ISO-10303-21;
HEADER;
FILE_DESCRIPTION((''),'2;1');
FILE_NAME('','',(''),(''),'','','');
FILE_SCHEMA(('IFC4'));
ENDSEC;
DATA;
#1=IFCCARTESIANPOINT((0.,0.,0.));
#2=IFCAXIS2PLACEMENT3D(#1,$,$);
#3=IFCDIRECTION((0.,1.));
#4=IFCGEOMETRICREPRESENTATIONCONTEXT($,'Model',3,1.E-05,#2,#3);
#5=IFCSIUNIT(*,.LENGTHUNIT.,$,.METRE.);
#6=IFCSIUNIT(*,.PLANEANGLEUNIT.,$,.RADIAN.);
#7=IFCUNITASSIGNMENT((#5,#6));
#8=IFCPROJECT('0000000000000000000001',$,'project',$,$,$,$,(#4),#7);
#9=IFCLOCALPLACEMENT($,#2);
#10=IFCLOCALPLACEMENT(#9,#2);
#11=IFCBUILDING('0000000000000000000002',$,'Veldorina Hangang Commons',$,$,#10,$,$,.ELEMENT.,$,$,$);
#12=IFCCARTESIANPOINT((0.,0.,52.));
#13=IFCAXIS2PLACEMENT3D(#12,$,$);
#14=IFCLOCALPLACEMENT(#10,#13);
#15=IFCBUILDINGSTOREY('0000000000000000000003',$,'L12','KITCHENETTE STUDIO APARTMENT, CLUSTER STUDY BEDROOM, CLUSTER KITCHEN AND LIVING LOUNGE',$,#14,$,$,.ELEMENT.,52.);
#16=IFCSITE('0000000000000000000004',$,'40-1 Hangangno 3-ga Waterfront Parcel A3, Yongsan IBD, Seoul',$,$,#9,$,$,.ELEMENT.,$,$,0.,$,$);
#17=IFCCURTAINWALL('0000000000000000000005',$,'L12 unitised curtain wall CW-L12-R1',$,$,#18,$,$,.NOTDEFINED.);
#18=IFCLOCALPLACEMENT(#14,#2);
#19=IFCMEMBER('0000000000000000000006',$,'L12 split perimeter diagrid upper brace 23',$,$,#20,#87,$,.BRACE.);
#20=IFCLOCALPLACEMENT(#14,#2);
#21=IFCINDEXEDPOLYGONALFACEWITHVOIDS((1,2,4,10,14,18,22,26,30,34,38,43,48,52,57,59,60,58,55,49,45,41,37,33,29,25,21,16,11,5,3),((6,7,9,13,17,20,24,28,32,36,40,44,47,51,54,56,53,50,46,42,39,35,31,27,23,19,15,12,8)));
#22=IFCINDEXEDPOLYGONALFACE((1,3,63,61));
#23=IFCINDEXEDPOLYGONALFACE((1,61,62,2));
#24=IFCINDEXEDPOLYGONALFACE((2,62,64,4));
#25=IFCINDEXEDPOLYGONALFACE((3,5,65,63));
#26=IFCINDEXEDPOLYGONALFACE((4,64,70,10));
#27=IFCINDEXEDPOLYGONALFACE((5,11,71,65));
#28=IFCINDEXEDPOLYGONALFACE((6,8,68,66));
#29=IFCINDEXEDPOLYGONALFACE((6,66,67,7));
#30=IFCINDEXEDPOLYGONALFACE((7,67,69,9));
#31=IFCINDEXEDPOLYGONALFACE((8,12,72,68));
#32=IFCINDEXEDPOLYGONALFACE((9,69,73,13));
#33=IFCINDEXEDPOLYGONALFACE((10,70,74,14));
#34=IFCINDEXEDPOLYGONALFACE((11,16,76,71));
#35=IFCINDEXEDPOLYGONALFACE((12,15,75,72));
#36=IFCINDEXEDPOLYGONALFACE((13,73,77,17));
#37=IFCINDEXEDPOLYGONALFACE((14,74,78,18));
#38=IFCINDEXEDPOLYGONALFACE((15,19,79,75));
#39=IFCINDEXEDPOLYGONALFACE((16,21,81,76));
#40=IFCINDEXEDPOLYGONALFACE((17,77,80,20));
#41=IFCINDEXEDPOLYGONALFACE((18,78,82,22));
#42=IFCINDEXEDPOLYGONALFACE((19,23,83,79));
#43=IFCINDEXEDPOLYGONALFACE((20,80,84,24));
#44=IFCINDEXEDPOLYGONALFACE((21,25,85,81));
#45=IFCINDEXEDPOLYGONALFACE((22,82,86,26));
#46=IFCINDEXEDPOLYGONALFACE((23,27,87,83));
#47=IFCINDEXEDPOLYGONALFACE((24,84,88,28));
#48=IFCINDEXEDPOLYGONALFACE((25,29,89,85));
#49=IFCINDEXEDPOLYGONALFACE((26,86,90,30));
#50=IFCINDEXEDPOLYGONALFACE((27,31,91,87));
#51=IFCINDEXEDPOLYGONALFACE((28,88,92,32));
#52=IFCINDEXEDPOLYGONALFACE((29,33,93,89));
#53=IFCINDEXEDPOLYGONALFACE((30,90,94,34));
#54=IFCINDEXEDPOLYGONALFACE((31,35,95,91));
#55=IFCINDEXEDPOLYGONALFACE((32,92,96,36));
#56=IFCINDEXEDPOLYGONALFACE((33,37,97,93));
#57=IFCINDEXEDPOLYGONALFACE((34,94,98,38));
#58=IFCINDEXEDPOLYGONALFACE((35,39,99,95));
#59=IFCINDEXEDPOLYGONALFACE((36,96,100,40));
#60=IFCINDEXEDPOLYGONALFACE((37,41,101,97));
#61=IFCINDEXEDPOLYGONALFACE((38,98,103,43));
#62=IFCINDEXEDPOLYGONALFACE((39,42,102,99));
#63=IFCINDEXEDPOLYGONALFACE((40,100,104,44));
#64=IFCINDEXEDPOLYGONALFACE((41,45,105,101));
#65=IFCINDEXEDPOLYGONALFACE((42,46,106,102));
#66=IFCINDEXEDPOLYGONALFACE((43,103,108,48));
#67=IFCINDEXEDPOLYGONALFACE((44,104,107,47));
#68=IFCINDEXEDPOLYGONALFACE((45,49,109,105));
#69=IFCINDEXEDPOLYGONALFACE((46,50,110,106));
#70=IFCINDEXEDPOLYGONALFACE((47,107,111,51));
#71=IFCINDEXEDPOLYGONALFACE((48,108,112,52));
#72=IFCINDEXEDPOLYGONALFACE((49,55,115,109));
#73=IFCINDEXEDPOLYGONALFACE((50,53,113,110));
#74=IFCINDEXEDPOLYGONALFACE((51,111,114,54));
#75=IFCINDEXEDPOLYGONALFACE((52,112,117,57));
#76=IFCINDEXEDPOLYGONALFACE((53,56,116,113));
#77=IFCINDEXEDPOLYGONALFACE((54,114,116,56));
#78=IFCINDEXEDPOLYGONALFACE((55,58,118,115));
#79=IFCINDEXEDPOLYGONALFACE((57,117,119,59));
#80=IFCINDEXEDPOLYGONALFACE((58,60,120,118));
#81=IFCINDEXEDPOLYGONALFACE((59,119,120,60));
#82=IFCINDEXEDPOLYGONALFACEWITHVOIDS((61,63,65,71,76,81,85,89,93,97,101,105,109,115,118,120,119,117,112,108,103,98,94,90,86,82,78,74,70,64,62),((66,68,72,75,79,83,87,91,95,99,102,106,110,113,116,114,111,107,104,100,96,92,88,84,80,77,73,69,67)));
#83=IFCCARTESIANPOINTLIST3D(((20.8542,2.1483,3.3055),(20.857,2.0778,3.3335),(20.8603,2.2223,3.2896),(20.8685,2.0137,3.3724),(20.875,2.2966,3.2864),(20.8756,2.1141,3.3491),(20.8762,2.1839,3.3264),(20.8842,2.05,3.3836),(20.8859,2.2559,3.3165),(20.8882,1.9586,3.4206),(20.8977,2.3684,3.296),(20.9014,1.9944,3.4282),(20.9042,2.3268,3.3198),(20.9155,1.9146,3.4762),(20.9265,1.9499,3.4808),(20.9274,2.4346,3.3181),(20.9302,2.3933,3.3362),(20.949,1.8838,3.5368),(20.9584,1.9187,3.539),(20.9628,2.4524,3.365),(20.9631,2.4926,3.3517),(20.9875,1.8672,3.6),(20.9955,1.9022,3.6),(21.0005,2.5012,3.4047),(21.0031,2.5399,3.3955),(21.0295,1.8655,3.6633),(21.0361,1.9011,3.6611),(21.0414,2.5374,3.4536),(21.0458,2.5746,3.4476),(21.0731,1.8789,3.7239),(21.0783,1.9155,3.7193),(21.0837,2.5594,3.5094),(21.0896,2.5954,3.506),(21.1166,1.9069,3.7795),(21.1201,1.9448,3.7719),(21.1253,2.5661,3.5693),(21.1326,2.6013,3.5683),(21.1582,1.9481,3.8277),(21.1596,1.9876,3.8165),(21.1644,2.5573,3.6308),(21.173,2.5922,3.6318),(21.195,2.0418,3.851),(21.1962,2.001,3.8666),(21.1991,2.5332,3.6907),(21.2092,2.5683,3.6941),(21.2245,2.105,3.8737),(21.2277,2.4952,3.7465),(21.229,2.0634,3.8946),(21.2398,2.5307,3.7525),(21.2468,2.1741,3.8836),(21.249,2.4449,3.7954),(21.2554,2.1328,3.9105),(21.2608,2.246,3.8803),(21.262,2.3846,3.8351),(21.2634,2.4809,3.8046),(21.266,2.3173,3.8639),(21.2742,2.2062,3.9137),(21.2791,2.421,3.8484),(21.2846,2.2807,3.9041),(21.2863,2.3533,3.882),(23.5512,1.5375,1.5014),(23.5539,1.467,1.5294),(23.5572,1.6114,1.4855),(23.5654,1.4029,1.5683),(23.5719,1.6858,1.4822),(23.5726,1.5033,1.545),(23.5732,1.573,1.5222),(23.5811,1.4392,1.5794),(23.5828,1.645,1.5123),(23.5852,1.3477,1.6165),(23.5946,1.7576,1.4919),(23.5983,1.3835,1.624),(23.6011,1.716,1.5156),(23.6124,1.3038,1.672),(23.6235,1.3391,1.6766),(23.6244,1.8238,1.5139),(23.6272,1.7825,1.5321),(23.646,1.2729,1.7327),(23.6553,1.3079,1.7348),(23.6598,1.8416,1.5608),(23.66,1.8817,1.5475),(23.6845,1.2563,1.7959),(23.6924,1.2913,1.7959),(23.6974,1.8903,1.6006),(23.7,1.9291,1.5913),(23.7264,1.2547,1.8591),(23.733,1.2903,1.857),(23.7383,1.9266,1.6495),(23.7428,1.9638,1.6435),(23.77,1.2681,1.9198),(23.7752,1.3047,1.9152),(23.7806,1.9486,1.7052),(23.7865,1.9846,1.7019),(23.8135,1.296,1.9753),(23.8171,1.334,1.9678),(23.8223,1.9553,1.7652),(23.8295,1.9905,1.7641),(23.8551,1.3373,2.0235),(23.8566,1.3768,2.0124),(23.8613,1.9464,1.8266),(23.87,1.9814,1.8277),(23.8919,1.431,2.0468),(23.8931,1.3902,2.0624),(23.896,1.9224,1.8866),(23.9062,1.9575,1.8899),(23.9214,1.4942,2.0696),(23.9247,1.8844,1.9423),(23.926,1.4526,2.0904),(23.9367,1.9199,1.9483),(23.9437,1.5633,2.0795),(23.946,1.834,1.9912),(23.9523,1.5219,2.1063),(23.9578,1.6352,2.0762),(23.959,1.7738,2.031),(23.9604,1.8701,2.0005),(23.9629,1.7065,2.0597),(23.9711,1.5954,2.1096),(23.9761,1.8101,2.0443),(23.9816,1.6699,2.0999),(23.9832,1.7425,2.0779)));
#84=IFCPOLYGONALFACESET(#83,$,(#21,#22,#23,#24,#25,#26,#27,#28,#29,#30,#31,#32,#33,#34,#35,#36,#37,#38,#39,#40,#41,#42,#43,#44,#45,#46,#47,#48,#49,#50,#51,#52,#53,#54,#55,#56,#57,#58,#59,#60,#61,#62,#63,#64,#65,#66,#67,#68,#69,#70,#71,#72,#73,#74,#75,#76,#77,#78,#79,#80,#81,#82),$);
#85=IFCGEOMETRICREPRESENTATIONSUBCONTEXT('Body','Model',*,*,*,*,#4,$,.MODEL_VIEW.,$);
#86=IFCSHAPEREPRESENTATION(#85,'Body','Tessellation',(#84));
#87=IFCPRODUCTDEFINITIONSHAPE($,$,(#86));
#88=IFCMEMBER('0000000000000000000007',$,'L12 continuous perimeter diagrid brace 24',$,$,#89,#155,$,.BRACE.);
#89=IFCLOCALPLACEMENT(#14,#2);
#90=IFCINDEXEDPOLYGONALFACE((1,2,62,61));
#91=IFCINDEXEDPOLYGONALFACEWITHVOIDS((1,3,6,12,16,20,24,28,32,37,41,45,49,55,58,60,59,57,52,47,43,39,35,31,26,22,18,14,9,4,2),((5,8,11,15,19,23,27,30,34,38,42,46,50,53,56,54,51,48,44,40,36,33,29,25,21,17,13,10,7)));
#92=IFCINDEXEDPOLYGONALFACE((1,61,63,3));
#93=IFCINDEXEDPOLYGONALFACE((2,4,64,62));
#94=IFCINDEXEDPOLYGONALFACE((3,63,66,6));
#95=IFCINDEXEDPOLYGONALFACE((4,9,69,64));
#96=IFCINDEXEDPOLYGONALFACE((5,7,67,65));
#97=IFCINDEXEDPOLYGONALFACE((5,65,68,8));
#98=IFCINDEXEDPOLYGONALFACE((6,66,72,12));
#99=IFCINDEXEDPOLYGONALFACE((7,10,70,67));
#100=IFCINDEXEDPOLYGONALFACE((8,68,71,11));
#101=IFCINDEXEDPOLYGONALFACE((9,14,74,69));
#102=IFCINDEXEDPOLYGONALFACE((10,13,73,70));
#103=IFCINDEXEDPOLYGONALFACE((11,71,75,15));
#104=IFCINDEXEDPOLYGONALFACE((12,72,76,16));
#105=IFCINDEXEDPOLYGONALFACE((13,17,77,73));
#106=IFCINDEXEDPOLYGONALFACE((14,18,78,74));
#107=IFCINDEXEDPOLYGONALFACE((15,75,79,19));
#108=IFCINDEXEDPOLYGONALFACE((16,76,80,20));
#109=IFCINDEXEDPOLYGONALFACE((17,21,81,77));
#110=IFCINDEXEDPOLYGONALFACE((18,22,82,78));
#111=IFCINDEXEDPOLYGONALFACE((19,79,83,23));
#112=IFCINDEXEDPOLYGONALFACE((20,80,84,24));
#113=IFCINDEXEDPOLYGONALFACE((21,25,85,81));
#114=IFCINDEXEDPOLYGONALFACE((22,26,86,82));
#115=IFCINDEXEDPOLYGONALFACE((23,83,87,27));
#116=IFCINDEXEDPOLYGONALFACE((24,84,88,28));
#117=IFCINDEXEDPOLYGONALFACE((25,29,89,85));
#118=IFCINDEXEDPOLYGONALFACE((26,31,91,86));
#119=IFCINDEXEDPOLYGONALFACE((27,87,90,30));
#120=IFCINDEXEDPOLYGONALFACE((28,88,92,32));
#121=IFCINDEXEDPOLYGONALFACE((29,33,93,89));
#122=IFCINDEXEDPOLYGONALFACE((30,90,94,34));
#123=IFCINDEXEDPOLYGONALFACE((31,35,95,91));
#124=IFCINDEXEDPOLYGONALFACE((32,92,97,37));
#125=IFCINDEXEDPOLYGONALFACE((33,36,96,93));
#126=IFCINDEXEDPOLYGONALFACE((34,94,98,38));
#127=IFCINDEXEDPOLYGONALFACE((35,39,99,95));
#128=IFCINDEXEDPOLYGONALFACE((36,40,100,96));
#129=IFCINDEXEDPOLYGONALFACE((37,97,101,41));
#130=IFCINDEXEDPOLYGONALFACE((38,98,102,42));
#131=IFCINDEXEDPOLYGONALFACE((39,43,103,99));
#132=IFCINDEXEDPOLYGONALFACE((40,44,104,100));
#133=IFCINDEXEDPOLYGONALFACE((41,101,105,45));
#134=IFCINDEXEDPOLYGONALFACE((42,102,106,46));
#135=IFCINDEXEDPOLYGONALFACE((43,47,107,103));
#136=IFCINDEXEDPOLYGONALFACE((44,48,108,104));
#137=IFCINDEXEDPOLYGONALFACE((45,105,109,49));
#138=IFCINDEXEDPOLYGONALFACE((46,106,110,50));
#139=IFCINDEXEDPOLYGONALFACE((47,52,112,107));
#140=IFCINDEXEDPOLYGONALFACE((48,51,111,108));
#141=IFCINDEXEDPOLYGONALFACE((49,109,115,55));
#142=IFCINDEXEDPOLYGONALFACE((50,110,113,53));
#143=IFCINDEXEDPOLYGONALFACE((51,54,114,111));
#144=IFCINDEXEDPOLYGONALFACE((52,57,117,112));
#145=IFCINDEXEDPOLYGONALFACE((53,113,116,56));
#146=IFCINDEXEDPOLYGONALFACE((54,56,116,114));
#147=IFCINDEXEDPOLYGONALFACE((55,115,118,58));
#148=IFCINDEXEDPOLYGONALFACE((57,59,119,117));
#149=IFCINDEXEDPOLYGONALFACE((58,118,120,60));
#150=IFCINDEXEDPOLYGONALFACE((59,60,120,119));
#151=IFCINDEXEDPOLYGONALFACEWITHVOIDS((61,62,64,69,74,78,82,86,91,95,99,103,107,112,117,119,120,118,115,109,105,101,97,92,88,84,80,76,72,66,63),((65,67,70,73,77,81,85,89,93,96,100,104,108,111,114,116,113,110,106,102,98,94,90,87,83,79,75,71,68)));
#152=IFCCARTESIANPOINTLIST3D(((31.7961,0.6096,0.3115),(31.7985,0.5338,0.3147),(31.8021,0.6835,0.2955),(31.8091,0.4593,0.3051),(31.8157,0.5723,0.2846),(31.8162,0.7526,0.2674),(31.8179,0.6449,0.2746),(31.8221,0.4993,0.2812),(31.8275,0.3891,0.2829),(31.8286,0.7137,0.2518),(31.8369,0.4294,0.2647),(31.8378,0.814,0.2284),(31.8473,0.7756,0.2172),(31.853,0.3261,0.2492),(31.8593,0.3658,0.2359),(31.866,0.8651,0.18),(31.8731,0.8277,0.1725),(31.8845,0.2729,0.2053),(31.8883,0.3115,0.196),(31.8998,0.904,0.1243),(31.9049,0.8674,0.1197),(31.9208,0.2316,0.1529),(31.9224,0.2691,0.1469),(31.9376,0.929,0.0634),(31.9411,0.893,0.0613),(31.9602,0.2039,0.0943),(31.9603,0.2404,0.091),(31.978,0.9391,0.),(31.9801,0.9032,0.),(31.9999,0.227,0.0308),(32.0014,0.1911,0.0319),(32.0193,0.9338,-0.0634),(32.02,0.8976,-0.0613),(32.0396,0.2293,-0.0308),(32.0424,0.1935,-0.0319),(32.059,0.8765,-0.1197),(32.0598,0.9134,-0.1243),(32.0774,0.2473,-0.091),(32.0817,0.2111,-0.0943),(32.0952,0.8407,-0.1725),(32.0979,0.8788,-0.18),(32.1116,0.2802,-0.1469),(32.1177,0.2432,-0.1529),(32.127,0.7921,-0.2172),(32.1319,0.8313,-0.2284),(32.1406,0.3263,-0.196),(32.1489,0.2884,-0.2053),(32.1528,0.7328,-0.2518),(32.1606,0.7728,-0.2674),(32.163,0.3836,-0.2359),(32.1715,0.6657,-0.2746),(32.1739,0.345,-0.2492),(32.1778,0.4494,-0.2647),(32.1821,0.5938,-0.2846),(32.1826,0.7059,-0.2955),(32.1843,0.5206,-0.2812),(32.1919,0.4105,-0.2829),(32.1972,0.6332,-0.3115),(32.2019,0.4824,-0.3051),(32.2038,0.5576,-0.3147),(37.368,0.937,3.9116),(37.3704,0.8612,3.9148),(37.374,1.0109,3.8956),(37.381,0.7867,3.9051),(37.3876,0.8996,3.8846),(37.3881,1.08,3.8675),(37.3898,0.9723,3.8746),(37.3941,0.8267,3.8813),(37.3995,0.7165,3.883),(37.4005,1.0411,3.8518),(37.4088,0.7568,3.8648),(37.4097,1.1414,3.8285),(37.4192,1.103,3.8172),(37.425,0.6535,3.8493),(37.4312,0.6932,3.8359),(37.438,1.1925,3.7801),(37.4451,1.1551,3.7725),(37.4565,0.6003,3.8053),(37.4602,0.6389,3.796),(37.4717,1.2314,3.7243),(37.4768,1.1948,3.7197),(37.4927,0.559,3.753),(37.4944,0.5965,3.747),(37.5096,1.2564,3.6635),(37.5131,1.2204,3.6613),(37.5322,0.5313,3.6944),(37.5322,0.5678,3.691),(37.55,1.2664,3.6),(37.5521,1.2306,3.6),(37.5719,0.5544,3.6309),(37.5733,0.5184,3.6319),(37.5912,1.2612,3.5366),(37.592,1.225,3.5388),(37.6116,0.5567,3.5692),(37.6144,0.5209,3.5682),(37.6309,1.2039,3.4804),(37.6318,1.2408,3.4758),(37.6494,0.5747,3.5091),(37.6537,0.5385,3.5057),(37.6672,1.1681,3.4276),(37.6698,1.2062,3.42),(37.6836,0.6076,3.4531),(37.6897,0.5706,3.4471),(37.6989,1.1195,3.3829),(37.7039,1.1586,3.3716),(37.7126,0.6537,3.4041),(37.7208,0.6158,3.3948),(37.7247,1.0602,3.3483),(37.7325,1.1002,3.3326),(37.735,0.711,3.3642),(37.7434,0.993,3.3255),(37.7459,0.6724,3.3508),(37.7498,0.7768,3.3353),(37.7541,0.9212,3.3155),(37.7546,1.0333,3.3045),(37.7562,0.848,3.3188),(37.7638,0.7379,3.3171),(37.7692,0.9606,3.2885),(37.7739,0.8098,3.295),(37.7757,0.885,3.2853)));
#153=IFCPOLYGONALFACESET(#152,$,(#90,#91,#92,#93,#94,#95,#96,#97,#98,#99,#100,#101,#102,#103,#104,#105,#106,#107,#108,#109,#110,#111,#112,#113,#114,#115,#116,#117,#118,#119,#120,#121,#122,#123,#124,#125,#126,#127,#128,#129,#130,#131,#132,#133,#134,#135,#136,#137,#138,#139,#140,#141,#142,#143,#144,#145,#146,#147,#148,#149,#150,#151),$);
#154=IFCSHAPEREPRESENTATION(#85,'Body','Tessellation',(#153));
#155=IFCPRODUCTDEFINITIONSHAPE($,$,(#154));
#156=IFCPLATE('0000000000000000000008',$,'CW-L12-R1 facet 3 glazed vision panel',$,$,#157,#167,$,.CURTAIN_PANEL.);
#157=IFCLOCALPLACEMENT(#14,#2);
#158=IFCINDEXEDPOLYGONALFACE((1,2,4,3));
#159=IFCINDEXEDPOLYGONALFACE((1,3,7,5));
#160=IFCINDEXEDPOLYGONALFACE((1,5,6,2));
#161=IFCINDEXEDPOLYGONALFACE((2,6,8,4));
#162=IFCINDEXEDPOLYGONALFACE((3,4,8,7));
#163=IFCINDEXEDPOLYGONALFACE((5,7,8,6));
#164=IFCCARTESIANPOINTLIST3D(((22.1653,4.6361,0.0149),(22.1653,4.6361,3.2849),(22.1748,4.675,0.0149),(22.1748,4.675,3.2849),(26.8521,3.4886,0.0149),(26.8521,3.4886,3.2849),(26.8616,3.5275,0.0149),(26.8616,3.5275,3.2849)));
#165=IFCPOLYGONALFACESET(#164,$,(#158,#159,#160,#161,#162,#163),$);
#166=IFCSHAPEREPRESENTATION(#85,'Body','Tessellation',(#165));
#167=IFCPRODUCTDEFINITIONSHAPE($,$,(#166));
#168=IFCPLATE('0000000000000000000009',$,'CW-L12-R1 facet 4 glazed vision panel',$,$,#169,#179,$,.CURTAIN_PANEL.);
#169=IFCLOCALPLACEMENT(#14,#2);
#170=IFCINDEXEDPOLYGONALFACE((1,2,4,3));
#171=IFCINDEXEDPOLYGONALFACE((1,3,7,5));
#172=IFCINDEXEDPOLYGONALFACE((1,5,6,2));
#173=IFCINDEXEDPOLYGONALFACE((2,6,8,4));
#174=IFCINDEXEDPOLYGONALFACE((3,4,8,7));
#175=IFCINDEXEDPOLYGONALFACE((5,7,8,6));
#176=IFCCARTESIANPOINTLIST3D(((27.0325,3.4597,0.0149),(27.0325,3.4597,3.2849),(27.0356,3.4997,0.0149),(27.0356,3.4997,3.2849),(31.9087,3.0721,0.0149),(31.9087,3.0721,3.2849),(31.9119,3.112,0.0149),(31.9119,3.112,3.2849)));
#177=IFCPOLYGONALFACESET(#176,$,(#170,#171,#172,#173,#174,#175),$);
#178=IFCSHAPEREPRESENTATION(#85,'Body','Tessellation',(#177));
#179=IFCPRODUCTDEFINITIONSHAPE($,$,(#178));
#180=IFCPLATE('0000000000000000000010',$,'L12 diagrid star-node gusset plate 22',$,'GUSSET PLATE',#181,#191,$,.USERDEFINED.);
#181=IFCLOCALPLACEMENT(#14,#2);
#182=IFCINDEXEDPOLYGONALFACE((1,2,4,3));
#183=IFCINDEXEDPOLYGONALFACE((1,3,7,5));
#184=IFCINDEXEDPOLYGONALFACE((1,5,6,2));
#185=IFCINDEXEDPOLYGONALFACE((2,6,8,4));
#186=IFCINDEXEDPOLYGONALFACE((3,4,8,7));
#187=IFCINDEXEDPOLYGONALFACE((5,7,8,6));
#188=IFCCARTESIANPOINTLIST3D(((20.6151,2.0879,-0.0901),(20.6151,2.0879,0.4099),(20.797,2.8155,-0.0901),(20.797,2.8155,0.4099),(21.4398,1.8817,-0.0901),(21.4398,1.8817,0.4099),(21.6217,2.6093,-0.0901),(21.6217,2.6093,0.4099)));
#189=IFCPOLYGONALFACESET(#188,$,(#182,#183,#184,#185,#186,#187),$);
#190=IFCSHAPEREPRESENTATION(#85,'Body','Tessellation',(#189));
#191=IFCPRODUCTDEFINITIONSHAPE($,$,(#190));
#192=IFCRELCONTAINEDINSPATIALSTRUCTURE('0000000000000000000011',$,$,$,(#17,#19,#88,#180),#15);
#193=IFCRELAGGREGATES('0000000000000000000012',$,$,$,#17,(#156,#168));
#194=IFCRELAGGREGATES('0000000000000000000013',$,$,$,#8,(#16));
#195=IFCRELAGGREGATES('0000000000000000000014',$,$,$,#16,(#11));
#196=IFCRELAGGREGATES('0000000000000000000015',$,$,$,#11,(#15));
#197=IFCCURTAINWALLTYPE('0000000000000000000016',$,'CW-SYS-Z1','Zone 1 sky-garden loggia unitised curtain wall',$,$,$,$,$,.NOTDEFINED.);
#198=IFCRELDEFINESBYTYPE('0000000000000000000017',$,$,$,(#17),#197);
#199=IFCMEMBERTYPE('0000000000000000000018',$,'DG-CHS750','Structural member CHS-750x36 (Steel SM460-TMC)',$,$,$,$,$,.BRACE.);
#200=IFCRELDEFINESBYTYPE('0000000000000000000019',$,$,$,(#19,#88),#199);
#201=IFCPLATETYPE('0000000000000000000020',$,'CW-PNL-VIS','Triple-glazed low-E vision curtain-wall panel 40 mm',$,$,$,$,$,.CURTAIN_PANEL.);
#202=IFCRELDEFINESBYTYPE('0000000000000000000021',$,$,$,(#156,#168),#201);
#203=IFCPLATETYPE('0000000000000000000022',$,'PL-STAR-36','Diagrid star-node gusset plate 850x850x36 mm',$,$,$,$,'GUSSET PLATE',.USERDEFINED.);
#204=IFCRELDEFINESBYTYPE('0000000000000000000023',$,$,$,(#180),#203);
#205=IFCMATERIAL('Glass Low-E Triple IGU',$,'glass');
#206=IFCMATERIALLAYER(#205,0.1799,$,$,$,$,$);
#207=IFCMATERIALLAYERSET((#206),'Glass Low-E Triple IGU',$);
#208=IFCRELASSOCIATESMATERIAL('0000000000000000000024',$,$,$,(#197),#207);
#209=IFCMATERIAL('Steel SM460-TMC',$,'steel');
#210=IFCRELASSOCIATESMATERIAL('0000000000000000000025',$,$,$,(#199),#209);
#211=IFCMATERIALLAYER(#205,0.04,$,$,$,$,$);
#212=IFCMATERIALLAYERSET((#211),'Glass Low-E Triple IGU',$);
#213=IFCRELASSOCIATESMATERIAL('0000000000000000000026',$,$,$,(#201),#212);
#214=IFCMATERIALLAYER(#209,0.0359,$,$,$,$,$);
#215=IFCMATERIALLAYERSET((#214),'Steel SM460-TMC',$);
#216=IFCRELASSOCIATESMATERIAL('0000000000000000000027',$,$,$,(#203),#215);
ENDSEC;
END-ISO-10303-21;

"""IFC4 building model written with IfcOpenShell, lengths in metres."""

from ifc_helpers import new_model, si_unit, direction, frame, origin, origin_2d, place, context, subcontext, project, spatial, rectangle, hollow_circle, extrude, material, layer, layer_set, material_profile, profile_set, type_object, element, aggregate, save


model = new_model("IFC4")

# Units and contexts
model_context = context("Model", 3, precision=1e-05, world=origin(), true_north=direction((0.0, 1.0)))
body_context = subcontext(model_context, "Body", "Model", "MODEL_VIEW")
ifc_project = project(units=[si_unit("LENGTHUNIT", "METRE"), si_unit("PLANEANGLEUNIT", "RADIAN")], contexts=[model_context])

# Site, building, storey
site_placement = place(None, origin())
site = spatial("IfcSite", under=ifc_project, at=site_placement, Name="40-1 Hangangno 3-ga Waterfront Parcel A3, Yongsan IBD, Seoul", CompositionType="ELEMENT", RefElevation=0.0)
building_placement = place(site_placement, origin())
building = spatial("IfcBuilding", under=site, at=building_placement, Name="Veldorina Hangang Commons", CompositionType="ELEMENT")
storey_placement = place(building_placement, frame((0.0, 0.0, 52.0)))
storey = spatial("IfcBuildingStorey", under=building, at=storey_placement, Name="L12", Description="KITCHENETTE STUDIO APARTMENT, CLUSTER STUDY BEDROOM, CLUSTER KITCHEN AND LIVING LOUNGE", CompositionType="ELEMENT", Elevation=52.0)

# Shared definitions
ifc_material_1 = material(Name="Steel SM460-TMC", Category="steel")

# Curtain wall
ifc_material_2 = material(Name="Glass Low-E Triple IGU", Category="glass")
ifc_layer_1 = layer(ifc_material_2, 0.1799)
ifc_layer_set_1 = layer_set([ifc_layer_1], Name="Glass Low-E Triple IGU")
curtain_wall_type = type_object("IfcCurtainWallType", Name="CW-SYS-Z1", Description="Zone 1 sky-garden loggia unitised curtain wall", PredefinedType="NOTDEFINED", material=ifc_layer_set_1)
curtain_wall_placement = place(storey_placement, origin())
curtain_wall = element("IfcCurtainWall", 1, at=curtain_wall_placement, inside=storey, type_object=curtain_wall_type, Name="L12 unitised curtain wall CW-L12-R1", PredefinedType="NOTDEFINED")

# Members
ifc_material_profile_1 = material_profile(ifc_material_1, hollow_circle(Radius=0.375, WallThickness=0.0359, at=origin_2d()), Name="CHS-750x36")
ifc_profile_set_1 = profile_set([ifc_material_profile_1], Name="Steel SM460-TMC")
member_type_1 = type_object("IfcMemberType", Name="DG-CHS750", Description="Structural member CHS-750x36 (Steel SM460-TMC)", PredefinedType="BRACE", material=ifc_profile_set_1)
member_1_placement = place(storey_placement, frame((23.7673, 1.6221, 1.7959), z_axis=(-0.816822, 0.185, 0.546421), x_axis=(-0.220892, -0.975298, 0.0)))
element("IfcMember", 2, at=member_1_placement, inside=storey, type_object=member_type_1, Name="L12 split perimeter diagrid upper brace 23", PredefinedType="BRACE", context=body_context, shape_type="SweptSolid", body=[
    extrude(hollow_circle(Radius=0.375, WallThickness=0.0359, at=origin_2d()), origin(), (0.0, 0.0, 1.0), 3.3018),
])
member_2_placement = place(storey_placement, frame((32.0, 0.5647, 0.0), z_axis=(0.838915, 0.049292, 0.542025), x_axis=(-0.058655, 0.998278, 0.0)))
element("IfcMember", 3, at=member_2_placement, inside=storey, type_object=member_type_1, Name="L12 continuous perimeter diagrid brace 24", PredefinedType="BRACE", context=body_context, shape_type="SweptSolid", body=[
    extrude(hollow_circle(Radius=0.375, WallThickness=0.0359, at=origin_2d()), origin(), (0.0, 0.0, 1.0), 6.6418),
])

# Plates
ifc_layer_2 = layer(ifc_material_2, 0.04)
ifc_layer_set_2 = layer_set([ifc_layer_2], Name="Glass Low-E Triple IGU")
plate_type_1 = type_object("IfcPlateType", Name="CW-PNL-VIS", Description="Triple-glazed low-E vision curtain-wall panel 40 mm", PredefinedType="CURTAIN_PANEL", material=ifc_layer_set_2)
plate_1_placement = place(storey_placement, frame((24.5134, 4.0818, 0.0149), z_axis=(0.0, 0.0, 1.0), x_axis=(0.971313, -0.237805, 0.0)))
plate_1 = element("IfcPlate", 4, at=plate_1_placement, type_object=plate_type_1, Name="CW-L12-R1 facet 3 glazed vision panel", PredefinedType="CURTAIN_PANEL", context=body_context, shape_type="SweptSolid", body=[
    extrude(rectangle(XDim=4.8252, YDim=0.04, at=origin_2d()), origin(), (0.0, 0.0, 1.0), 3.27),
])
plate_2_placement = place(storey_placement, frame((29.4722, 3.2859, 0.0149), z_axis=(0.0, 0.0, 1.0), x_axis=(0.996855, -0.079242, 0.0)))
plate_2 = element("IfcPlate", 5, at=plate_2_placement, type_object=plate_type_1, Name="CW-L12-R1 facet 4 glazed vision panel", PredefinedType="CURTAIN_PANEL", context=body_context, shape_type="SweptSolid", body=[
    extrude(rectangle(XDim=4.8916, YDim=0.04, at=origin_2d()), origin(), (0.0, 0.0, 1.0), 3.27),
])
aggregate(curtain_wall, [plate_1, plate_2])

# Plate
ifc_layer_3 = layer(ifc_material_1, 0.0359)
ifc_layer_set_3 = layer_set([ifc_layer_3], Name="Steel SM460-TMC")
plate_type_2 = type_object("IfcPlateType", Name="PL-STAR-36", Description="Diagrid star-node gusset plate 850x850x36 mm", ElementType="GUSSET PLATE", PredefinedType="USERDEFINED", material=ifc_layer_set_3)
plate_3_placement = place(storey_placement, frame((21.1184, 2.3486, -0.0901), z_axis=(0.0, 0.0, 1.0), x_axis=(0.970144, -0.242532, 0.0)))
element("IfcPlate", 6, at=plate_3_placement, inside=storey, type_object=plate_type_2, Name="L12 diagrid star-node gusset plate 22", ObjectType="GUSSET PLATE", PredefinedType="USERDEFINED", context=body_context, shape_type="SweptSolid", body=[
    extrude(rectangle(XDim=0.8501, YDim=0.75, at=origin_2d()), origin(), (0.0, 0.0, 1.0), 0.5),
])

save(model, "model.ifc")
